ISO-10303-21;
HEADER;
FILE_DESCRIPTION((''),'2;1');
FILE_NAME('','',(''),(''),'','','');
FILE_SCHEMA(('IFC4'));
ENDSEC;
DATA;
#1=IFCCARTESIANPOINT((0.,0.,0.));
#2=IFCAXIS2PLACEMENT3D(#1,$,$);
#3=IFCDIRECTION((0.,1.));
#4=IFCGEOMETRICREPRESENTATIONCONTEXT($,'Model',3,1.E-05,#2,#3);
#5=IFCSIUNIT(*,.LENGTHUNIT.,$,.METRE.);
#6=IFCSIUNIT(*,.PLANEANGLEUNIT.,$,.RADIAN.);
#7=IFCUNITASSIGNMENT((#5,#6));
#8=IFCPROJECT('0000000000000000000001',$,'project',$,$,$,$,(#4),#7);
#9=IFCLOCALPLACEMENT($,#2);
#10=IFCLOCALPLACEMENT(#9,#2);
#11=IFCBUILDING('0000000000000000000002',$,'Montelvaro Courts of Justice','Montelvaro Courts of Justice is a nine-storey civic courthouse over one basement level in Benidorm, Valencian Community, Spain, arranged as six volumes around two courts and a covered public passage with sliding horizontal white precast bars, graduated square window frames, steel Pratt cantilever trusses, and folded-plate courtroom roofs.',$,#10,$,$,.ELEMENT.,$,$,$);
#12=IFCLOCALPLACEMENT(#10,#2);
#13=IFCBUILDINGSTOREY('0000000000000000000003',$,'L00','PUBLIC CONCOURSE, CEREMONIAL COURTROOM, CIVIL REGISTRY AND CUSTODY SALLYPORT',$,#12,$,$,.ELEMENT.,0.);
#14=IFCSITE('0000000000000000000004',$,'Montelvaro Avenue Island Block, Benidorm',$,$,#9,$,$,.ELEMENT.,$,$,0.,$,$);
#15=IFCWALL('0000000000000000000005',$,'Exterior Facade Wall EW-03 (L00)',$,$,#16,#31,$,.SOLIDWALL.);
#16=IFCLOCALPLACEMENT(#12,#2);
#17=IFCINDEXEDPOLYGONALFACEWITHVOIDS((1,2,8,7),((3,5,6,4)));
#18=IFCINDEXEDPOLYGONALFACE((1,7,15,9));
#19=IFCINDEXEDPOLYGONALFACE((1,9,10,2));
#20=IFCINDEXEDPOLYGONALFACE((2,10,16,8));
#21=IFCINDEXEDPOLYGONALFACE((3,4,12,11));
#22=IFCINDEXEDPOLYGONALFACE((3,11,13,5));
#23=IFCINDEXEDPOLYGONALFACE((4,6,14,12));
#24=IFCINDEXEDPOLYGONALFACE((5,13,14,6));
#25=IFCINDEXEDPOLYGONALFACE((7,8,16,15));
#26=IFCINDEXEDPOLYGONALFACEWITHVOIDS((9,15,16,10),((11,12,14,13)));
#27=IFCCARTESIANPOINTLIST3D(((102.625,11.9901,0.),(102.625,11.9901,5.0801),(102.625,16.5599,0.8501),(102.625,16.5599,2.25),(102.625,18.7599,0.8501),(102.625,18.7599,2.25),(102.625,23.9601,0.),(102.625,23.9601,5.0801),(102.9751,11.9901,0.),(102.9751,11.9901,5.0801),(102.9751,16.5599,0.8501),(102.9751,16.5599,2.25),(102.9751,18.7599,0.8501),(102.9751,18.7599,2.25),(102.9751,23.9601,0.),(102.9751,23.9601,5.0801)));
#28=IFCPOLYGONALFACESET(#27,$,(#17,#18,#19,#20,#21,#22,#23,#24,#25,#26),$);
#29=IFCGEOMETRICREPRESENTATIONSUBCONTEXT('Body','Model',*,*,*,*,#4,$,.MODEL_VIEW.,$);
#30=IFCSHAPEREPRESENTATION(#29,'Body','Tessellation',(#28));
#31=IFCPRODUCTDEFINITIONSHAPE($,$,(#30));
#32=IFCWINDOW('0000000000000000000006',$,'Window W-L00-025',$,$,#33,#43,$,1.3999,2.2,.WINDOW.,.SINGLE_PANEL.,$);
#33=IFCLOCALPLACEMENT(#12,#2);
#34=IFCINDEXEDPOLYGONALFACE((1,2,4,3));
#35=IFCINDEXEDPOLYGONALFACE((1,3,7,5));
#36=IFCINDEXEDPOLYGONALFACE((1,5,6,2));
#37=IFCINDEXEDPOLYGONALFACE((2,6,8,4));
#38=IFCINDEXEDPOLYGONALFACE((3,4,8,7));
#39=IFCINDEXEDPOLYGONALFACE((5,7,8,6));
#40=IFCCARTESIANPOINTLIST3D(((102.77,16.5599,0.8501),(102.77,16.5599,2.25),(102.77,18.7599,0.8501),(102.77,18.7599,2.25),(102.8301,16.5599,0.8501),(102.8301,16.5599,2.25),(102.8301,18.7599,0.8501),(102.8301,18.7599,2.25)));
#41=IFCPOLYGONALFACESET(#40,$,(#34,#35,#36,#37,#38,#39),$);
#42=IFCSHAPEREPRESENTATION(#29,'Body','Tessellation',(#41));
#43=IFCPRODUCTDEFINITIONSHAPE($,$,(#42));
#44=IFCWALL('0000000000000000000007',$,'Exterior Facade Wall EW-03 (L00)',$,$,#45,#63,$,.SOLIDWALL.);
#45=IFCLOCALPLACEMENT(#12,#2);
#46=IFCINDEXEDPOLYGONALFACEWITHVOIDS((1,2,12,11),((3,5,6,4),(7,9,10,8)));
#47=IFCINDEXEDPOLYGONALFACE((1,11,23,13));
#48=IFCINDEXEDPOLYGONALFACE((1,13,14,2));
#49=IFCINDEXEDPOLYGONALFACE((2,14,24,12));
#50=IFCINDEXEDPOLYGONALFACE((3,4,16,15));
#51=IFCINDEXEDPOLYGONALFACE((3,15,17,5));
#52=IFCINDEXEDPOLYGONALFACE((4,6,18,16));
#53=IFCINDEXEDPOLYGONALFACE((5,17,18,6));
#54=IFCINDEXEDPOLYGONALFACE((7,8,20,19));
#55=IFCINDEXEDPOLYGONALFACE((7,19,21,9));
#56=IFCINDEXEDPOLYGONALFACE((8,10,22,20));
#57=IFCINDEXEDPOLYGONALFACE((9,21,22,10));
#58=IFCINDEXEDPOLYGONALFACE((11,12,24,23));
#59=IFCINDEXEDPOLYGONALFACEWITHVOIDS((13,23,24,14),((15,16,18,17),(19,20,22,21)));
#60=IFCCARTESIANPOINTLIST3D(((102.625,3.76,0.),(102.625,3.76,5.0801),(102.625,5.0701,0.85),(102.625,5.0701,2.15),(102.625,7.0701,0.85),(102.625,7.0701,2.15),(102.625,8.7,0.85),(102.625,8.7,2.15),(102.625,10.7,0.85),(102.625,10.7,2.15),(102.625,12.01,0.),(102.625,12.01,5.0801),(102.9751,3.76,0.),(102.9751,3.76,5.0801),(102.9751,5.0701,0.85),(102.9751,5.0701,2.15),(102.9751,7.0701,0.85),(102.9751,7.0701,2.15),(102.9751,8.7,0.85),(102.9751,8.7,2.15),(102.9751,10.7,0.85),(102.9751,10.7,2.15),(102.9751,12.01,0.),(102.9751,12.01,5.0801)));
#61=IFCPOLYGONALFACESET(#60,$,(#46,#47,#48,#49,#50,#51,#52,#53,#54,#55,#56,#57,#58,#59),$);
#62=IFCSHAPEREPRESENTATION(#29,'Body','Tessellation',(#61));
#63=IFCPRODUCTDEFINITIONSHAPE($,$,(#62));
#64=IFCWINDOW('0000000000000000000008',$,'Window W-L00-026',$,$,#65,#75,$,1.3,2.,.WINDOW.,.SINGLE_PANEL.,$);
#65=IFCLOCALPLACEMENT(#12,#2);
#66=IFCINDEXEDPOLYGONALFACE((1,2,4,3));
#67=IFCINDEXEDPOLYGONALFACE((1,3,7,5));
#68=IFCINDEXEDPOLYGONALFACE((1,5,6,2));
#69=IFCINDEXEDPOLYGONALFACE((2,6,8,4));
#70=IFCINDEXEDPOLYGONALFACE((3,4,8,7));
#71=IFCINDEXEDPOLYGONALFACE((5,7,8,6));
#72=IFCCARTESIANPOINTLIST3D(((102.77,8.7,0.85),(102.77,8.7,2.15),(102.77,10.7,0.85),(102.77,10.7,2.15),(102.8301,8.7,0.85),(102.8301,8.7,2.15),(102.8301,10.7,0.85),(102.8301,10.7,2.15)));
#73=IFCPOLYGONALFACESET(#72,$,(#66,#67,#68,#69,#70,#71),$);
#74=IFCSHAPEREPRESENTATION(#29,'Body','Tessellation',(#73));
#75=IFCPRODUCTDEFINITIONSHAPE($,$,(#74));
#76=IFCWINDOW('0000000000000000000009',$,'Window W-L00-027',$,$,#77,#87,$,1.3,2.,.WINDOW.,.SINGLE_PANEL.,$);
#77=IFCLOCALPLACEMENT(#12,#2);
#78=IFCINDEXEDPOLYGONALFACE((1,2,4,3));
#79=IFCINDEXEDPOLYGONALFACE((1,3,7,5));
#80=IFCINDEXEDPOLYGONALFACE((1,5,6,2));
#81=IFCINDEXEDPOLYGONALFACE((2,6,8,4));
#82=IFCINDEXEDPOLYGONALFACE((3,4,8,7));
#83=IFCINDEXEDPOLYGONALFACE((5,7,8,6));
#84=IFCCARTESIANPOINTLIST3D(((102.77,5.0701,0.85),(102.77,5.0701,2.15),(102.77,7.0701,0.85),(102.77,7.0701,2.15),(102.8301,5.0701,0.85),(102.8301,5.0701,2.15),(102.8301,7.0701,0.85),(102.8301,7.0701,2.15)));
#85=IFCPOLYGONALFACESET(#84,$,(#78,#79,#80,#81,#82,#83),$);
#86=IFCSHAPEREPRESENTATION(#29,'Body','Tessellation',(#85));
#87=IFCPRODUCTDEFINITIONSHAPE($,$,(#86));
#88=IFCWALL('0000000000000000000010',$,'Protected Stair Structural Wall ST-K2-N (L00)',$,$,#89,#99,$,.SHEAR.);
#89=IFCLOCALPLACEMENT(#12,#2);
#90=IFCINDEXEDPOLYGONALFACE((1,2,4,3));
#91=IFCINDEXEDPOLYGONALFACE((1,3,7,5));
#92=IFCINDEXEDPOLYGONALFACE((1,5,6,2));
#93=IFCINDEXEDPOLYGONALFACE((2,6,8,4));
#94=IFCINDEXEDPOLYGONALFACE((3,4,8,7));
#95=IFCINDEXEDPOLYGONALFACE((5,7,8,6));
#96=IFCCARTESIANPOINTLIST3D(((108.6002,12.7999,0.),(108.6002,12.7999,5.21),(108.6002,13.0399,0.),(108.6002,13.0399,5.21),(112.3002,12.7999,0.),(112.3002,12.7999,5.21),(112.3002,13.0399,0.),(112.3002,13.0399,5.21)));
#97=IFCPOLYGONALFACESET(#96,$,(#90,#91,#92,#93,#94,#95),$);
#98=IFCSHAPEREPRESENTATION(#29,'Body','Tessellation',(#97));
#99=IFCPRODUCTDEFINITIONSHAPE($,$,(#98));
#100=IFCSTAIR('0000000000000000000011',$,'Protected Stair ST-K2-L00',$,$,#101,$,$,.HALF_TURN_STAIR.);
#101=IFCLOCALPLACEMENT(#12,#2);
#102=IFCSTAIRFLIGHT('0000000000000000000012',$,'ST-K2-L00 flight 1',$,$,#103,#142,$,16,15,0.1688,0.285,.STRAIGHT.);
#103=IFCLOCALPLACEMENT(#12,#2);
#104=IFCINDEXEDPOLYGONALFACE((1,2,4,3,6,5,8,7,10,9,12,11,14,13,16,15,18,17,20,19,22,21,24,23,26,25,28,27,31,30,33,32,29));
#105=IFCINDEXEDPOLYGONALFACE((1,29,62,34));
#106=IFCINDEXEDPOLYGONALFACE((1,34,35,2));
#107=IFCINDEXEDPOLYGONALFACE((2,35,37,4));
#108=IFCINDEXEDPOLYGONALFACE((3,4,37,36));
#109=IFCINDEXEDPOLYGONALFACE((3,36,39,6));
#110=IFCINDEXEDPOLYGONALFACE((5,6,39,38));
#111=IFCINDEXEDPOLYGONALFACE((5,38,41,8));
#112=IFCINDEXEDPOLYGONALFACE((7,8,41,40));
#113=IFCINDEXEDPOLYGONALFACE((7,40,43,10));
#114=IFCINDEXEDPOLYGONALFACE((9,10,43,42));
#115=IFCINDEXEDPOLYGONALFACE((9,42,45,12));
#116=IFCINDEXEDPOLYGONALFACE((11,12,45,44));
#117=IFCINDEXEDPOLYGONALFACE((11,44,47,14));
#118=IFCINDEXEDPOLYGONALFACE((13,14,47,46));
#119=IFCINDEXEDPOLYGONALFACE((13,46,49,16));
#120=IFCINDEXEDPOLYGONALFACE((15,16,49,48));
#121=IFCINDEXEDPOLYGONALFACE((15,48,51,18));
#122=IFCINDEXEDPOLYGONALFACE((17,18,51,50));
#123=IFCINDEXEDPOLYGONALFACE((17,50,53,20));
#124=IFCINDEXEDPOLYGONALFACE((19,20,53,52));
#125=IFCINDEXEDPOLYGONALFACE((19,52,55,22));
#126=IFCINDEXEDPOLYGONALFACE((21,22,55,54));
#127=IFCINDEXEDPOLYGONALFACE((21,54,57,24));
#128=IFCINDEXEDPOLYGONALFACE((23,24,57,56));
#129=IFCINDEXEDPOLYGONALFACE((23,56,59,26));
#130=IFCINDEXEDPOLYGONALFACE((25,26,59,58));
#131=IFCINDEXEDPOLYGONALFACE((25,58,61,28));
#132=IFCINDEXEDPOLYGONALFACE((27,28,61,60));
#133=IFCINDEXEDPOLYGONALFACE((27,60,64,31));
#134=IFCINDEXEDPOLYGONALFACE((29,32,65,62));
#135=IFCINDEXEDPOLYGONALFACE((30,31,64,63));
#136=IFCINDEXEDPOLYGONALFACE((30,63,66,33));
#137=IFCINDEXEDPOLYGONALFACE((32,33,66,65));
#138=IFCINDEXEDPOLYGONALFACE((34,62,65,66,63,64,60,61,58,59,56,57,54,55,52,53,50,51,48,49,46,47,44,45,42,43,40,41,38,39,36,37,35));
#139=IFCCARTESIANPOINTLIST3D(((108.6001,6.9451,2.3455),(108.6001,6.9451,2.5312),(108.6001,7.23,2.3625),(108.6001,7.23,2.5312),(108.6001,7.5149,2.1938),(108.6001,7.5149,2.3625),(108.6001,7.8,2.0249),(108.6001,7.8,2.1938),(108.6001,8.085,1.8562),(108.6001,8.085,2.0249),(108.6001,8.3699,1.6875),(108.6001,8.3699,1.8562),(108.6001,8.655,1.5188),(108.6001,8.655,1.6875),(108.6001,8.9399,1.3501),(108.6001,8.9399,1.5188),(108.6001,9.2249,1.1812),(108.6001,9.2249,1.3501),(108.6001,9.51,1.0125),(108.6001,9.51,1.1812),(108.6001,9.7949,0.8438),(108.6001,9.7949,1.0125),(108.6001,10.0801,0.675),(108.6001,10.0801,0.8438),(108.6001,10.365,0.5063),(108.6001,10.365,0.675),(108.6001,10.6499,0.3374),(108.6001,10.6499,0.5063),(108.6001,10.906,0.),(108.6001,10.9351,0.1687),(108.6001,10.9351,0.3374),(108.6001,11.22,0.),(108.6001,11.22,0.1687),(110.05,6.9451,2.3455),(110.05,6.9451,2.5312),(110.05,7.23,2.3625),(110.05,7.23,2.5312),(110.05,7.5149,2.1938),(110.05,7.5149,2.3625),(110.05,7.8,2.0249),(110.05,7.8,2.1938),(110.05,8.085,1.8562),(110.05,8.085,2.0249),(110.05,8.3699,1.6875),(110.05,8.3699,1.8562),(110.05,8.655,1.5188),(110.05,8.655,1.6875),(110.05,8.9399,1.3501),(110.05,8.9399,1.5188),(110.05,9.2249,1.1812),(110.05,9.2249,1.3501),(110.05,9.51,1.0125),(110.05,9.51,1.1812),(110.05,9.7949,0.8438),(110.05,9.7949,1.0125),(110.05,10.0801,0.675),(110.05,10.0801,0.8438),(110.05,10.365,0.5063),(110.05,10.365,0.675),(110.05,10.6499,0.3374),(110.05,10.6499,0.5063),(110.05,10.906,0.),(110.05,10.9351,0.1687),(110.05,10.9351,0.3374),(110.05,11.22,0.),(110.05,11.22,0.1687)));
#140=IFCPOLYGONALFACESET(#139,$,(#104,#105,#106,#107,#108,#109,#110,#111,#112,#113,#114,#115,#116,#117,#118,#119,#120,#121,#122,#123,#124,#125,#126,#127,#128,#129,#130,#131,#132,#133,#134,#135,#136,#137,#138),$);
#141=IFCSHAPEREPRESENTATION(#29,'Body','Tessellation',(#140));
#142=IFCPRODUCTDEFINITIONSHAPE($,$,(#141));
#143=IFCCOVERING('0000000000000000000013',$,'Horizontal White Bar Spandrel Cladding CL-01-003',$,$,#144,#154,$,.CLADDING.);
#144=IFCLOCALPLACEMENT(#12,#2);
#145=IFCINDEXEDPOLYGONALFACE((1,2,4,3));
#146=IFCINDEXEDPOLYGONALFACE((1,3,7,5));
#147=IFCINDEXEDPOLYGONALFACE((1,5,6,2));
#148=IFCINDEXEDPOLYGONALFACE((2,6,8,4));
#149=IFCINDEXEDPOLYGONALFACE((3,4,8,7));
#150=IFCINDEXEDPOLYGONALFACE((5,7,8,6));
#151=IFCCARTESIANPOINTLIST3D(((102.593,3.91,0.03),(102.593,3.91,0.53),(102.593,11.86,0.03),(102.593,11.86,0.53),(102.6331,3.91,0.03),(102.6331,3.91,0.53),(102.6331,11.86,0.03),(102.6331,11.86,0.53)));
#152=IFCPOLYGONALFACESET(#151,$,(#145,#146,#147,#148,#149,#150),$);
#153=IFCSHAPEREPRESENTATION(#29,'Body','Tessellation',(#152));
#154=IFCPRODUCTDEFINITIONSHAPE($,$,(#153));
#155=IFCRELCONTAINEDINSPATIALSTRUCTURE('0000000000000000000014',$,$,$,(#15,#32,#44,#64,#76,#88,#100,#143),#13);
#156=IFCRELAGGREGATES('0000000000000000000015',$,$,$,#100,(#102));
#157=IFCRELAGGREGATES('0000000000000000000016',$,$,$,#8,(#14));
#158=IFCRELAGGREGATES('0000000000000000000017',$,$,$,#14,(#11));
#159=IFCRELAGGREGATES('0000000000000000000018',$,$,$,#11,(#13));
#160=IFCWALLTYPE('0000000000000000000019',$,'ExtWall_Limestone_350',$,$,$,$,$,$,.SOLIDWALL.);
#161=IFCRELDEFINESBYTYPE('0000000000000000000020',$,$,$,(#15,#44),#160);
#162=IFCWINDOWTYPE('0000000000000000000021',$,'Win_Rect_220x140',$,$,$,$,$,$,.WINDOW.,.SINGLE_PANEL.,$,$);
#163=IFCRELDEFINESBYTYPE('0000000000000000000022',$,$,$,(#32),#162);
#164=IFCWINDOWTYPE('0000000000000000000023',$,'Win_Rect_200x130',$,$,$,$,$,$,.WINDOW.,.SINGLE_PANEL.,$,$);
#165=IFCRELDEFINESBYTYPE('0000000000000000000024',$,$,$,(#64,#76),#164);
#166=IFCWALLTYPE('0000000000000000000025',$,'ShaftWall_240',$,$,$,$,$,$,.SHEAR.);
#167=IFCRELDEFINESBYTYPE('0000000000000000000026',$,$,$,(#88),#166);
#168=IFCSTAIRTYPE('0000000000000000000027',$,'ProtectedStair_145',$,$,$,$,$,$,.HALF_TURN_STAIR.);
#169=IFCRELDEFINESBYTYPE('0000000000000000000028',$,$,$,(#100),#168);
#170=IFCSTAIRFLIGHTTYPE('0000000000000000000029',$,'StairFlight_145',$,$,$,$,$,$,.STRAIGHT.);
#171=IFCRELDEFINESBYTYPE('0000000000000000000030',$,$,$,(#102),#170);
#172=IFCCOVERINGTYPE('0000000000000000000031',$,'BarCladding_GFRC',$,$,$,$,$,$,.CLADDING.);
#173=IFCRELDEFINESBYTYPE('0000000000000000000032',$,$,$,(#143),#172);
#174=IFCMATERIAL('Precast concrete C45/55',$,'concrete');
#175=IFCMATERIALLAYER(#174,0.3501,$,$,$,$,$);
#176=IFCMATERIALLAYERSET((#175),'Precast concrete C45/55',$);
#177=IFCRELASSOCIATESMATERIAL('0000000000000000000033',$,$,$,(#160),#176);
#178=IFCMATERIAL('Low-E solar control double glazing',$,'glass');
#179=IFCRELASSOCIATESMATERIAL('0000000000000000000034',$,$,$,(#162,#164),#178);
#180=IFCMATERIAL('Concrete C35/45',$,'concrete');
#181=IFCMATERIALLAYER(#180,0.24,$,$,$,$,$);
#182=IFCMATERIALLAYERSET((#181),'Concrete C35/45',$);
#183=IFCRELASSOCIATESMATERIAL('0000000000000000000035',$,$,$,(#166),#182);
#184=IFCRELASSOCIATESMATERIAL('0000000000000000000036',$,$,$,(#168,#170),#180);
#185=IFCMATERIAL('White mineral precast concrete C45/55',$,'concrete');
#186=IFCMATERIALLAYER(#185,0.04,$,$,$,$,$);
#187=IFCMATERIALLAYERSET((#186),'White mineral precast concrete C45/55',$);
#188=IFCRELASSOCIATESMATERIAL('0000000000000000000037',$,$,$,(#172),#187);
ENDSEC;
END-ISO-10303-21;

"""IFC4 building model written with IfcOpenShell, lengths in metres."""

from ifc_helpers import new_model, si_unit, direction, frame, frame_2d, origin, origin_2d, place, context, subcontext, project, spatial, polyline, rectangle, outline, extrude, material, layer, layer_set, type_object, element, fill, aggregate, save


model = new_model("IFC4")

# Units and contexts
model_context = context("Model", 3, precision=1e-05, world=origin(), true_north=direction((0.0, 1.0)))
body_context = subcontext(model_context, "Body", "Model", "MODEL_VIEW")
ifc_project = project(units=[si_unit("LENGTHUNIT", "METRE"), si_unit("PLANEANGLEUNIT", "RADIAN")], contexts=[model_context])

# Site, building, storey
site_placement = place(None, origin())
site = spatial("IfcSite", under=ifc_project, at=site_placement, Name="Montelvaro Avenue Island Block, Benidorm", CompositionType="ELEMENT", RefElevation=0.0)
building_placement = place(site_placement, origin())
building = spatial("IfcBuilding", under=site, at=building_placement, Name="Montelvaro Courts of Justice", Description="Montelvaro Courts of Justice is a nine-storey civic courthouse over one basement level in Benidorm, Valencian Community, Spain, arranged as six volumes around two courts and a covered public passage with sliding horizontal white precast bars, graduated square window frames, steel Pratt cantilever trusses, and folded-plate courtroom roofs.", CompositionType="ELEMENT")
storey_placement = place(building_placement, origin())
storey = spatial("IfcBuildingStorey", under=building, at=storey_placement, Name="L00", Description="PUBLIC CONCOURSE, CEREMONIAL COURTROOM, CIVIL REGISTRY AND CUSTODY SALLYPORT", CompositionType="ELEMENT", Elevation=0.0)

# Shared definitions
ifc_material_1 = material(Name="White mineral precast concrete C45/55", Category="concrete")

# Wall, opening, window
ifc_material_2 = material(Name="Precast concrete C45/55", Category="concrete")
ifc_layer_1 = layer(ifc_material_2, 0.3501)
ifc_layer_set_1 = layer_set([ifc_layer_1], Name="Precast concrete C45/55")
wall_type_1 = type_object("IfcWallType", Name="ExtWall_Limestone_350", PredefinedType="SOLIDWALL", material=ifc_layer_set_1)
wall_1_placement = place(storey_placement, frame((102.8, 23.96, 0.0), z_axis=(0.0, 0.0, 1.0), x_axis=(0.0, -1.0, 0.0)))
wall_1 = element("IfcWall", 1, at=wall_1_placement, inside=storey, type_object=wall_type_1, Name="Exterior Facade Wall EW-03 (L00)", PredefinedType="SOLIDWALL", context=body_context, shape_type="SweptSolid", body=[
    extrude(rectangle(XDim=11.97, YDim=0.3501, at=frame_2d((5.9849, 0.0))), origin(), (0.0, 0.0, 1.0), 5.0801),
])
opening_1_placement = place(wall_1_placement, frame((5.2, 0.0, 0.8501)))
opening_1 = element("IfcOpeningElement", 2, at=opening_1_placement, cuts=wall_1, PredefinedType="OPENING", context=body_context, shape_type="SweptSolid", body=[
    extrude(rectangle(XDim=2.2, YDim=1.3999, at=frame_2d((1.1001, 0.7))), frame((0.0, 0.1899, 0.0), z_axis=(0.0, -1.0, 0.0), x_axis=(1.0, 0.0, 0.0)), (0.0, 0.0, 1.0), 0.3799),
])
ifc_material_3 = material(Name="Low-E solar control double glazing", Category="glass")
window_type_1 = type_object("IfcWindowType", Name="Win_Rect_220x140", PartitioningType="SINGLE_PANEL", PredefinedType="WINDOW", material=ifc_material_3)
window_1_placement = place(opening_1_placement, origin())
window_1 = element("IfcWindow", 3, at=window_1_placement, inside=storey, type_object=window_type_1, Name="Window W-L00-025", OverallHeight=1.3999, OverallWidth=2.2, PartitioningType="SINGLE_PANEL", PredefinedType="WINDOW", context=body_context, shape_type="SweptSolid", body=[
    extrude(rectangle(XDim=2.2, YDim=1.3999, at=frame_2d((1.1001, 0.7))), frame((0.0, 0.03, 0.0), z_axis=(0.0, -1.0, 0.0), x_axis=(1.0, 0.0, 0.0)), (0.0, 0.0, 1.0), 0.0601),
])
fill(opening_1, window_1)

# Wall, openings, windows
wall_2_placement = place(storey_placement, frame((102.8, 12.01, 0.0), z_axis=(0.0, 0.0, 1.0), x_axis=(0.0, -1.0, 0.0)))
wall_2 = element("IfcWall", 4, at=wall_2_placement, inside=storey, type_object=wall_type_1, Name="Exterior Facade Wall EW-03 (L00)", PredefinedType="SOLIDWALL", context=body_context, shape_type="SweptSolid", body=[
    extrude(rectangle(XDim=8.25, YDim=0.3501, at=frame_2d((4.125, 0.0))), origin(), (0.0, 0.0, 1.0), 5.0801),
])
opening_2_placement = place(wall_2_placement, frame((1.3101, 0.0, 0.8501)))
opening_2 = element("IfcOpeningElement", 5, at=opening_2_placement, cuts=wall_2, PredefinedType="OPENING", context=body_context, shape_type="SweptSolid", body=[
    extrude(rectangle(XDim=2.0, YDim=1.3, at=frame_2d((1.0, 0.6499))), frame((0.0, 0.1899, 0.0), z_axis=(0.0, -1.0, 0.0), x_axis=(1.0, 0.0, 0.0)), (0.0, 0.0, 1.0), 0.3799),
])
opening_3_placement = place(wall_2_placement, frame((4.9399, 0.0, 0.8501)))
opening_3 = element("IfcOpeningElement", 6, at=opening_3_placement, cuts=wall_2, PredefinedType="OPENING", context=body_context, shape_type="SweptSolid", body=[
    extrude(rectangle(XDim=2.0, YDim=1.3, at=frame_2d((1.0, 0.6499))), frame((0.0, 0.1899, 0.0), z_axis=(0.0, -1.0, 0.0), x_axis=(1.0, 0.0, 0.0)), (0.0, 0.0, 1.0), 0.3799),
])
window_type_2 = type_object("IfcWindowType", Name="Win_Rect_200x130", PartitioningType="SINGLE_PANEL", PredefinedType="WINDOW", material=ifc_material_3)
window_2_placement = place(opening_2_placement, origin())
window_2 = element("IfcWindow", 7, at=window_2_placement, inside=storey, type_object=window_type_2, Name="Window W-L00-026", OverallHeight=1.3, OverallWidth=2.0, PartitioningType="SINGLE_PANEL", PredefinedType="WINDOW", context=body_context, shape_type="SweptSolid", body=[
    extrude(rectangle(XDim=2.0, YDim=1.3, at=frame_2d((1.0, 0.6499))), frame((0.0, 0.03, 0.0), z_axis=(0.0, -1.0, 0.0), x_axis=(1.0, 0.0, 0.0)), (0.0, 0.0, 1.0), 0.0601),
])
fill(opening_2, window_2)
window_3_placement = place(opening_3_placement, origin())
window_3 = element("IfcWindow", 8, at=window_3_placement, inside=storey, type_object=window_type_2, Name="Window W-L00-027", OverallHeight=1.3, OverallWidth=2.0, PartitioningType="SINGLE_PANEL", PredefinedType="WINDOW", context=body_context, shape_type="SweptSolid", body=[
    extrude(rectangle(XDim=2.0, YDim=1.3, at=frame_2d((1.0, 0.6499))), frame((0.0, 0.03, 0.0), z_axis=(0.0, -1.0, 0.0), x_axis=(1.0, 0.0, 0.0)), (0.0, 0.0, 1.0), 0.0601),
])
fill(opening_3, window_3)

# Wall
ifc_material_4 = material(Name="Concrete C35/45", Category="concrete")
ifc_layer_2 = layer(ifc_material_4, 0.24)
ifc_layer_set_2 = layer_set([ifc_layer_2], Name="Concrete C35/45")
wall_type_2 = type_object("IfcWallType", Name="ShaftWall_240", PredefinedType="SHEAR", material=ifc_layer_set_2)
wall_3_placement = place(storey_placement, frame((108.6001, 12.9199, 0.0), z_axis=(0.0, 0.0, 1.0), x_axis=(1.0, 0.0, 0.0)))
element("IfcWall", 9, at=wall_3_placement, inside=storey, type_object=wall_type_2, Name="Protected Stair Structural Wall ST-K2-N (L00)", PredefinedType="SHEAR", context=body_context, shape_type="SweptSolid", body=[
    extrude(rectangle(XDim=3.7, YDim=0.24, at=frame_2d((1.8501, 0.0))), origin(), (0.0, 0.0, 1.0), 5.21),
])

# Stair, stair flight
stair_type = type_object("IfcStairType", Name="ProtectedStair_145", PredefinedType="HALF_TURN_STAIR", material=ifc_material_4)
stair_placement = place(storey_placement, origin())
stair = element("IfcStair", 10, at=stair_placement, inside=storey, type_object=stair_type, Name="Protected Stair ST-K2-L00", PredefinedType="HALF_TURN_STAIR")
stair_flight_type = type_object("IfcStairFlightType", Name="StairFlight_145", PredefinedType="STRAIGHT", material=ifc_material_4)
stair_flight_placement = place(storey_placement, frame((109.325, 11.22, 0.0), z_axis=(0.0, 0.0, 1.0), x_axis=(0.0, -1.0, 0.0)))
stair_flight = element("IfcStairFlight", 11, at=stair_flight_placement, type_object=stair_flight_type, Name="ST-K2-L00 flight 1", NumberOfRisers=16, NumberOfTreads=15, PredefinedType="STRAIGHT", RiserHeight=0.1688, TreadLength=0.285, context=body_context, shape_type="SweptSolid", body=[
    extrude(outline(polyline([(0.0, 0.0), (0.0, 0.1687), (0.2849, 0.1687), (0.2849, 0.3374), (0.5701, 0.3374), (0.5701, 0.5063), (0.855, 0.5063), (0.855, 0.675), (1.1399, 0.675), (1.1399, 0.8438), (1.425, 0.8438), (1.425, 1.0125), (1.71, 1.0125), (1.71, 1.1812), (1.9951, 1.1812), (1.9951, 1.3501), (2.28, 1.3501), (2.28, 1.5188), (2.5649, 1.5188), (2.5649, 1.6875), (2.8501, 1.6875), (2.8501, 1.8562), (3.135, 1.8562), (3.135, 2.0249), (3.4199, 2.0249), (3.4199, 2.1938), (3.7051, 2.1938), (3.7051, 2.3625), (3.99, 2.3625), (3.99, 2.5312), (4.2749, 2.5312), (4.2749, 2.7), (4.2749, 2.3455), (0.314, 0.0), (0.0, 0.0)])), frame((0.0, 0.7251, 0.0), z_axis=(0.0, -1.0, 0.0), x_axis=(1.0, 0.0, 0.0)), (0.0, 0.0, 1.0), 1.45),
])
aggregate(stair, [stair_flight])

# Covering
ifc_layer_3 = layer(ifc_material_1, 0.04)
ifc_layer_set_3 = layer_set([ifc_layer_3], Name="White mineral precast concrete C45/55")
covering_type = type_object("IfcCoveringType", Name="BarCladding_GFRC", PredefinedType="CLADDING", material=ifc_layer_set_3)
covering_placement = place(storey_placement, frame((102.613, 7.885, 0.03), z_axis=(0.0, 0.0, 1.0), x_axis=(0.0, -1.0, 0.0)))
element("IfcCovering", 12, at=covering_placement, inside=storey, type_object=covering_type, Name="Horizontal White Bar Spandrel Cladding CL-01-003", PredefinedType="CLADDING", context=body_context, shape_type="SweptSolid", body=[
    extrude(rectangle(XDim=7.95, YDim=0.04, at=origin_2d()), origin(), (0.0, 0.0, 1.0), 0.5),
])

save(model, "model.ifc")
